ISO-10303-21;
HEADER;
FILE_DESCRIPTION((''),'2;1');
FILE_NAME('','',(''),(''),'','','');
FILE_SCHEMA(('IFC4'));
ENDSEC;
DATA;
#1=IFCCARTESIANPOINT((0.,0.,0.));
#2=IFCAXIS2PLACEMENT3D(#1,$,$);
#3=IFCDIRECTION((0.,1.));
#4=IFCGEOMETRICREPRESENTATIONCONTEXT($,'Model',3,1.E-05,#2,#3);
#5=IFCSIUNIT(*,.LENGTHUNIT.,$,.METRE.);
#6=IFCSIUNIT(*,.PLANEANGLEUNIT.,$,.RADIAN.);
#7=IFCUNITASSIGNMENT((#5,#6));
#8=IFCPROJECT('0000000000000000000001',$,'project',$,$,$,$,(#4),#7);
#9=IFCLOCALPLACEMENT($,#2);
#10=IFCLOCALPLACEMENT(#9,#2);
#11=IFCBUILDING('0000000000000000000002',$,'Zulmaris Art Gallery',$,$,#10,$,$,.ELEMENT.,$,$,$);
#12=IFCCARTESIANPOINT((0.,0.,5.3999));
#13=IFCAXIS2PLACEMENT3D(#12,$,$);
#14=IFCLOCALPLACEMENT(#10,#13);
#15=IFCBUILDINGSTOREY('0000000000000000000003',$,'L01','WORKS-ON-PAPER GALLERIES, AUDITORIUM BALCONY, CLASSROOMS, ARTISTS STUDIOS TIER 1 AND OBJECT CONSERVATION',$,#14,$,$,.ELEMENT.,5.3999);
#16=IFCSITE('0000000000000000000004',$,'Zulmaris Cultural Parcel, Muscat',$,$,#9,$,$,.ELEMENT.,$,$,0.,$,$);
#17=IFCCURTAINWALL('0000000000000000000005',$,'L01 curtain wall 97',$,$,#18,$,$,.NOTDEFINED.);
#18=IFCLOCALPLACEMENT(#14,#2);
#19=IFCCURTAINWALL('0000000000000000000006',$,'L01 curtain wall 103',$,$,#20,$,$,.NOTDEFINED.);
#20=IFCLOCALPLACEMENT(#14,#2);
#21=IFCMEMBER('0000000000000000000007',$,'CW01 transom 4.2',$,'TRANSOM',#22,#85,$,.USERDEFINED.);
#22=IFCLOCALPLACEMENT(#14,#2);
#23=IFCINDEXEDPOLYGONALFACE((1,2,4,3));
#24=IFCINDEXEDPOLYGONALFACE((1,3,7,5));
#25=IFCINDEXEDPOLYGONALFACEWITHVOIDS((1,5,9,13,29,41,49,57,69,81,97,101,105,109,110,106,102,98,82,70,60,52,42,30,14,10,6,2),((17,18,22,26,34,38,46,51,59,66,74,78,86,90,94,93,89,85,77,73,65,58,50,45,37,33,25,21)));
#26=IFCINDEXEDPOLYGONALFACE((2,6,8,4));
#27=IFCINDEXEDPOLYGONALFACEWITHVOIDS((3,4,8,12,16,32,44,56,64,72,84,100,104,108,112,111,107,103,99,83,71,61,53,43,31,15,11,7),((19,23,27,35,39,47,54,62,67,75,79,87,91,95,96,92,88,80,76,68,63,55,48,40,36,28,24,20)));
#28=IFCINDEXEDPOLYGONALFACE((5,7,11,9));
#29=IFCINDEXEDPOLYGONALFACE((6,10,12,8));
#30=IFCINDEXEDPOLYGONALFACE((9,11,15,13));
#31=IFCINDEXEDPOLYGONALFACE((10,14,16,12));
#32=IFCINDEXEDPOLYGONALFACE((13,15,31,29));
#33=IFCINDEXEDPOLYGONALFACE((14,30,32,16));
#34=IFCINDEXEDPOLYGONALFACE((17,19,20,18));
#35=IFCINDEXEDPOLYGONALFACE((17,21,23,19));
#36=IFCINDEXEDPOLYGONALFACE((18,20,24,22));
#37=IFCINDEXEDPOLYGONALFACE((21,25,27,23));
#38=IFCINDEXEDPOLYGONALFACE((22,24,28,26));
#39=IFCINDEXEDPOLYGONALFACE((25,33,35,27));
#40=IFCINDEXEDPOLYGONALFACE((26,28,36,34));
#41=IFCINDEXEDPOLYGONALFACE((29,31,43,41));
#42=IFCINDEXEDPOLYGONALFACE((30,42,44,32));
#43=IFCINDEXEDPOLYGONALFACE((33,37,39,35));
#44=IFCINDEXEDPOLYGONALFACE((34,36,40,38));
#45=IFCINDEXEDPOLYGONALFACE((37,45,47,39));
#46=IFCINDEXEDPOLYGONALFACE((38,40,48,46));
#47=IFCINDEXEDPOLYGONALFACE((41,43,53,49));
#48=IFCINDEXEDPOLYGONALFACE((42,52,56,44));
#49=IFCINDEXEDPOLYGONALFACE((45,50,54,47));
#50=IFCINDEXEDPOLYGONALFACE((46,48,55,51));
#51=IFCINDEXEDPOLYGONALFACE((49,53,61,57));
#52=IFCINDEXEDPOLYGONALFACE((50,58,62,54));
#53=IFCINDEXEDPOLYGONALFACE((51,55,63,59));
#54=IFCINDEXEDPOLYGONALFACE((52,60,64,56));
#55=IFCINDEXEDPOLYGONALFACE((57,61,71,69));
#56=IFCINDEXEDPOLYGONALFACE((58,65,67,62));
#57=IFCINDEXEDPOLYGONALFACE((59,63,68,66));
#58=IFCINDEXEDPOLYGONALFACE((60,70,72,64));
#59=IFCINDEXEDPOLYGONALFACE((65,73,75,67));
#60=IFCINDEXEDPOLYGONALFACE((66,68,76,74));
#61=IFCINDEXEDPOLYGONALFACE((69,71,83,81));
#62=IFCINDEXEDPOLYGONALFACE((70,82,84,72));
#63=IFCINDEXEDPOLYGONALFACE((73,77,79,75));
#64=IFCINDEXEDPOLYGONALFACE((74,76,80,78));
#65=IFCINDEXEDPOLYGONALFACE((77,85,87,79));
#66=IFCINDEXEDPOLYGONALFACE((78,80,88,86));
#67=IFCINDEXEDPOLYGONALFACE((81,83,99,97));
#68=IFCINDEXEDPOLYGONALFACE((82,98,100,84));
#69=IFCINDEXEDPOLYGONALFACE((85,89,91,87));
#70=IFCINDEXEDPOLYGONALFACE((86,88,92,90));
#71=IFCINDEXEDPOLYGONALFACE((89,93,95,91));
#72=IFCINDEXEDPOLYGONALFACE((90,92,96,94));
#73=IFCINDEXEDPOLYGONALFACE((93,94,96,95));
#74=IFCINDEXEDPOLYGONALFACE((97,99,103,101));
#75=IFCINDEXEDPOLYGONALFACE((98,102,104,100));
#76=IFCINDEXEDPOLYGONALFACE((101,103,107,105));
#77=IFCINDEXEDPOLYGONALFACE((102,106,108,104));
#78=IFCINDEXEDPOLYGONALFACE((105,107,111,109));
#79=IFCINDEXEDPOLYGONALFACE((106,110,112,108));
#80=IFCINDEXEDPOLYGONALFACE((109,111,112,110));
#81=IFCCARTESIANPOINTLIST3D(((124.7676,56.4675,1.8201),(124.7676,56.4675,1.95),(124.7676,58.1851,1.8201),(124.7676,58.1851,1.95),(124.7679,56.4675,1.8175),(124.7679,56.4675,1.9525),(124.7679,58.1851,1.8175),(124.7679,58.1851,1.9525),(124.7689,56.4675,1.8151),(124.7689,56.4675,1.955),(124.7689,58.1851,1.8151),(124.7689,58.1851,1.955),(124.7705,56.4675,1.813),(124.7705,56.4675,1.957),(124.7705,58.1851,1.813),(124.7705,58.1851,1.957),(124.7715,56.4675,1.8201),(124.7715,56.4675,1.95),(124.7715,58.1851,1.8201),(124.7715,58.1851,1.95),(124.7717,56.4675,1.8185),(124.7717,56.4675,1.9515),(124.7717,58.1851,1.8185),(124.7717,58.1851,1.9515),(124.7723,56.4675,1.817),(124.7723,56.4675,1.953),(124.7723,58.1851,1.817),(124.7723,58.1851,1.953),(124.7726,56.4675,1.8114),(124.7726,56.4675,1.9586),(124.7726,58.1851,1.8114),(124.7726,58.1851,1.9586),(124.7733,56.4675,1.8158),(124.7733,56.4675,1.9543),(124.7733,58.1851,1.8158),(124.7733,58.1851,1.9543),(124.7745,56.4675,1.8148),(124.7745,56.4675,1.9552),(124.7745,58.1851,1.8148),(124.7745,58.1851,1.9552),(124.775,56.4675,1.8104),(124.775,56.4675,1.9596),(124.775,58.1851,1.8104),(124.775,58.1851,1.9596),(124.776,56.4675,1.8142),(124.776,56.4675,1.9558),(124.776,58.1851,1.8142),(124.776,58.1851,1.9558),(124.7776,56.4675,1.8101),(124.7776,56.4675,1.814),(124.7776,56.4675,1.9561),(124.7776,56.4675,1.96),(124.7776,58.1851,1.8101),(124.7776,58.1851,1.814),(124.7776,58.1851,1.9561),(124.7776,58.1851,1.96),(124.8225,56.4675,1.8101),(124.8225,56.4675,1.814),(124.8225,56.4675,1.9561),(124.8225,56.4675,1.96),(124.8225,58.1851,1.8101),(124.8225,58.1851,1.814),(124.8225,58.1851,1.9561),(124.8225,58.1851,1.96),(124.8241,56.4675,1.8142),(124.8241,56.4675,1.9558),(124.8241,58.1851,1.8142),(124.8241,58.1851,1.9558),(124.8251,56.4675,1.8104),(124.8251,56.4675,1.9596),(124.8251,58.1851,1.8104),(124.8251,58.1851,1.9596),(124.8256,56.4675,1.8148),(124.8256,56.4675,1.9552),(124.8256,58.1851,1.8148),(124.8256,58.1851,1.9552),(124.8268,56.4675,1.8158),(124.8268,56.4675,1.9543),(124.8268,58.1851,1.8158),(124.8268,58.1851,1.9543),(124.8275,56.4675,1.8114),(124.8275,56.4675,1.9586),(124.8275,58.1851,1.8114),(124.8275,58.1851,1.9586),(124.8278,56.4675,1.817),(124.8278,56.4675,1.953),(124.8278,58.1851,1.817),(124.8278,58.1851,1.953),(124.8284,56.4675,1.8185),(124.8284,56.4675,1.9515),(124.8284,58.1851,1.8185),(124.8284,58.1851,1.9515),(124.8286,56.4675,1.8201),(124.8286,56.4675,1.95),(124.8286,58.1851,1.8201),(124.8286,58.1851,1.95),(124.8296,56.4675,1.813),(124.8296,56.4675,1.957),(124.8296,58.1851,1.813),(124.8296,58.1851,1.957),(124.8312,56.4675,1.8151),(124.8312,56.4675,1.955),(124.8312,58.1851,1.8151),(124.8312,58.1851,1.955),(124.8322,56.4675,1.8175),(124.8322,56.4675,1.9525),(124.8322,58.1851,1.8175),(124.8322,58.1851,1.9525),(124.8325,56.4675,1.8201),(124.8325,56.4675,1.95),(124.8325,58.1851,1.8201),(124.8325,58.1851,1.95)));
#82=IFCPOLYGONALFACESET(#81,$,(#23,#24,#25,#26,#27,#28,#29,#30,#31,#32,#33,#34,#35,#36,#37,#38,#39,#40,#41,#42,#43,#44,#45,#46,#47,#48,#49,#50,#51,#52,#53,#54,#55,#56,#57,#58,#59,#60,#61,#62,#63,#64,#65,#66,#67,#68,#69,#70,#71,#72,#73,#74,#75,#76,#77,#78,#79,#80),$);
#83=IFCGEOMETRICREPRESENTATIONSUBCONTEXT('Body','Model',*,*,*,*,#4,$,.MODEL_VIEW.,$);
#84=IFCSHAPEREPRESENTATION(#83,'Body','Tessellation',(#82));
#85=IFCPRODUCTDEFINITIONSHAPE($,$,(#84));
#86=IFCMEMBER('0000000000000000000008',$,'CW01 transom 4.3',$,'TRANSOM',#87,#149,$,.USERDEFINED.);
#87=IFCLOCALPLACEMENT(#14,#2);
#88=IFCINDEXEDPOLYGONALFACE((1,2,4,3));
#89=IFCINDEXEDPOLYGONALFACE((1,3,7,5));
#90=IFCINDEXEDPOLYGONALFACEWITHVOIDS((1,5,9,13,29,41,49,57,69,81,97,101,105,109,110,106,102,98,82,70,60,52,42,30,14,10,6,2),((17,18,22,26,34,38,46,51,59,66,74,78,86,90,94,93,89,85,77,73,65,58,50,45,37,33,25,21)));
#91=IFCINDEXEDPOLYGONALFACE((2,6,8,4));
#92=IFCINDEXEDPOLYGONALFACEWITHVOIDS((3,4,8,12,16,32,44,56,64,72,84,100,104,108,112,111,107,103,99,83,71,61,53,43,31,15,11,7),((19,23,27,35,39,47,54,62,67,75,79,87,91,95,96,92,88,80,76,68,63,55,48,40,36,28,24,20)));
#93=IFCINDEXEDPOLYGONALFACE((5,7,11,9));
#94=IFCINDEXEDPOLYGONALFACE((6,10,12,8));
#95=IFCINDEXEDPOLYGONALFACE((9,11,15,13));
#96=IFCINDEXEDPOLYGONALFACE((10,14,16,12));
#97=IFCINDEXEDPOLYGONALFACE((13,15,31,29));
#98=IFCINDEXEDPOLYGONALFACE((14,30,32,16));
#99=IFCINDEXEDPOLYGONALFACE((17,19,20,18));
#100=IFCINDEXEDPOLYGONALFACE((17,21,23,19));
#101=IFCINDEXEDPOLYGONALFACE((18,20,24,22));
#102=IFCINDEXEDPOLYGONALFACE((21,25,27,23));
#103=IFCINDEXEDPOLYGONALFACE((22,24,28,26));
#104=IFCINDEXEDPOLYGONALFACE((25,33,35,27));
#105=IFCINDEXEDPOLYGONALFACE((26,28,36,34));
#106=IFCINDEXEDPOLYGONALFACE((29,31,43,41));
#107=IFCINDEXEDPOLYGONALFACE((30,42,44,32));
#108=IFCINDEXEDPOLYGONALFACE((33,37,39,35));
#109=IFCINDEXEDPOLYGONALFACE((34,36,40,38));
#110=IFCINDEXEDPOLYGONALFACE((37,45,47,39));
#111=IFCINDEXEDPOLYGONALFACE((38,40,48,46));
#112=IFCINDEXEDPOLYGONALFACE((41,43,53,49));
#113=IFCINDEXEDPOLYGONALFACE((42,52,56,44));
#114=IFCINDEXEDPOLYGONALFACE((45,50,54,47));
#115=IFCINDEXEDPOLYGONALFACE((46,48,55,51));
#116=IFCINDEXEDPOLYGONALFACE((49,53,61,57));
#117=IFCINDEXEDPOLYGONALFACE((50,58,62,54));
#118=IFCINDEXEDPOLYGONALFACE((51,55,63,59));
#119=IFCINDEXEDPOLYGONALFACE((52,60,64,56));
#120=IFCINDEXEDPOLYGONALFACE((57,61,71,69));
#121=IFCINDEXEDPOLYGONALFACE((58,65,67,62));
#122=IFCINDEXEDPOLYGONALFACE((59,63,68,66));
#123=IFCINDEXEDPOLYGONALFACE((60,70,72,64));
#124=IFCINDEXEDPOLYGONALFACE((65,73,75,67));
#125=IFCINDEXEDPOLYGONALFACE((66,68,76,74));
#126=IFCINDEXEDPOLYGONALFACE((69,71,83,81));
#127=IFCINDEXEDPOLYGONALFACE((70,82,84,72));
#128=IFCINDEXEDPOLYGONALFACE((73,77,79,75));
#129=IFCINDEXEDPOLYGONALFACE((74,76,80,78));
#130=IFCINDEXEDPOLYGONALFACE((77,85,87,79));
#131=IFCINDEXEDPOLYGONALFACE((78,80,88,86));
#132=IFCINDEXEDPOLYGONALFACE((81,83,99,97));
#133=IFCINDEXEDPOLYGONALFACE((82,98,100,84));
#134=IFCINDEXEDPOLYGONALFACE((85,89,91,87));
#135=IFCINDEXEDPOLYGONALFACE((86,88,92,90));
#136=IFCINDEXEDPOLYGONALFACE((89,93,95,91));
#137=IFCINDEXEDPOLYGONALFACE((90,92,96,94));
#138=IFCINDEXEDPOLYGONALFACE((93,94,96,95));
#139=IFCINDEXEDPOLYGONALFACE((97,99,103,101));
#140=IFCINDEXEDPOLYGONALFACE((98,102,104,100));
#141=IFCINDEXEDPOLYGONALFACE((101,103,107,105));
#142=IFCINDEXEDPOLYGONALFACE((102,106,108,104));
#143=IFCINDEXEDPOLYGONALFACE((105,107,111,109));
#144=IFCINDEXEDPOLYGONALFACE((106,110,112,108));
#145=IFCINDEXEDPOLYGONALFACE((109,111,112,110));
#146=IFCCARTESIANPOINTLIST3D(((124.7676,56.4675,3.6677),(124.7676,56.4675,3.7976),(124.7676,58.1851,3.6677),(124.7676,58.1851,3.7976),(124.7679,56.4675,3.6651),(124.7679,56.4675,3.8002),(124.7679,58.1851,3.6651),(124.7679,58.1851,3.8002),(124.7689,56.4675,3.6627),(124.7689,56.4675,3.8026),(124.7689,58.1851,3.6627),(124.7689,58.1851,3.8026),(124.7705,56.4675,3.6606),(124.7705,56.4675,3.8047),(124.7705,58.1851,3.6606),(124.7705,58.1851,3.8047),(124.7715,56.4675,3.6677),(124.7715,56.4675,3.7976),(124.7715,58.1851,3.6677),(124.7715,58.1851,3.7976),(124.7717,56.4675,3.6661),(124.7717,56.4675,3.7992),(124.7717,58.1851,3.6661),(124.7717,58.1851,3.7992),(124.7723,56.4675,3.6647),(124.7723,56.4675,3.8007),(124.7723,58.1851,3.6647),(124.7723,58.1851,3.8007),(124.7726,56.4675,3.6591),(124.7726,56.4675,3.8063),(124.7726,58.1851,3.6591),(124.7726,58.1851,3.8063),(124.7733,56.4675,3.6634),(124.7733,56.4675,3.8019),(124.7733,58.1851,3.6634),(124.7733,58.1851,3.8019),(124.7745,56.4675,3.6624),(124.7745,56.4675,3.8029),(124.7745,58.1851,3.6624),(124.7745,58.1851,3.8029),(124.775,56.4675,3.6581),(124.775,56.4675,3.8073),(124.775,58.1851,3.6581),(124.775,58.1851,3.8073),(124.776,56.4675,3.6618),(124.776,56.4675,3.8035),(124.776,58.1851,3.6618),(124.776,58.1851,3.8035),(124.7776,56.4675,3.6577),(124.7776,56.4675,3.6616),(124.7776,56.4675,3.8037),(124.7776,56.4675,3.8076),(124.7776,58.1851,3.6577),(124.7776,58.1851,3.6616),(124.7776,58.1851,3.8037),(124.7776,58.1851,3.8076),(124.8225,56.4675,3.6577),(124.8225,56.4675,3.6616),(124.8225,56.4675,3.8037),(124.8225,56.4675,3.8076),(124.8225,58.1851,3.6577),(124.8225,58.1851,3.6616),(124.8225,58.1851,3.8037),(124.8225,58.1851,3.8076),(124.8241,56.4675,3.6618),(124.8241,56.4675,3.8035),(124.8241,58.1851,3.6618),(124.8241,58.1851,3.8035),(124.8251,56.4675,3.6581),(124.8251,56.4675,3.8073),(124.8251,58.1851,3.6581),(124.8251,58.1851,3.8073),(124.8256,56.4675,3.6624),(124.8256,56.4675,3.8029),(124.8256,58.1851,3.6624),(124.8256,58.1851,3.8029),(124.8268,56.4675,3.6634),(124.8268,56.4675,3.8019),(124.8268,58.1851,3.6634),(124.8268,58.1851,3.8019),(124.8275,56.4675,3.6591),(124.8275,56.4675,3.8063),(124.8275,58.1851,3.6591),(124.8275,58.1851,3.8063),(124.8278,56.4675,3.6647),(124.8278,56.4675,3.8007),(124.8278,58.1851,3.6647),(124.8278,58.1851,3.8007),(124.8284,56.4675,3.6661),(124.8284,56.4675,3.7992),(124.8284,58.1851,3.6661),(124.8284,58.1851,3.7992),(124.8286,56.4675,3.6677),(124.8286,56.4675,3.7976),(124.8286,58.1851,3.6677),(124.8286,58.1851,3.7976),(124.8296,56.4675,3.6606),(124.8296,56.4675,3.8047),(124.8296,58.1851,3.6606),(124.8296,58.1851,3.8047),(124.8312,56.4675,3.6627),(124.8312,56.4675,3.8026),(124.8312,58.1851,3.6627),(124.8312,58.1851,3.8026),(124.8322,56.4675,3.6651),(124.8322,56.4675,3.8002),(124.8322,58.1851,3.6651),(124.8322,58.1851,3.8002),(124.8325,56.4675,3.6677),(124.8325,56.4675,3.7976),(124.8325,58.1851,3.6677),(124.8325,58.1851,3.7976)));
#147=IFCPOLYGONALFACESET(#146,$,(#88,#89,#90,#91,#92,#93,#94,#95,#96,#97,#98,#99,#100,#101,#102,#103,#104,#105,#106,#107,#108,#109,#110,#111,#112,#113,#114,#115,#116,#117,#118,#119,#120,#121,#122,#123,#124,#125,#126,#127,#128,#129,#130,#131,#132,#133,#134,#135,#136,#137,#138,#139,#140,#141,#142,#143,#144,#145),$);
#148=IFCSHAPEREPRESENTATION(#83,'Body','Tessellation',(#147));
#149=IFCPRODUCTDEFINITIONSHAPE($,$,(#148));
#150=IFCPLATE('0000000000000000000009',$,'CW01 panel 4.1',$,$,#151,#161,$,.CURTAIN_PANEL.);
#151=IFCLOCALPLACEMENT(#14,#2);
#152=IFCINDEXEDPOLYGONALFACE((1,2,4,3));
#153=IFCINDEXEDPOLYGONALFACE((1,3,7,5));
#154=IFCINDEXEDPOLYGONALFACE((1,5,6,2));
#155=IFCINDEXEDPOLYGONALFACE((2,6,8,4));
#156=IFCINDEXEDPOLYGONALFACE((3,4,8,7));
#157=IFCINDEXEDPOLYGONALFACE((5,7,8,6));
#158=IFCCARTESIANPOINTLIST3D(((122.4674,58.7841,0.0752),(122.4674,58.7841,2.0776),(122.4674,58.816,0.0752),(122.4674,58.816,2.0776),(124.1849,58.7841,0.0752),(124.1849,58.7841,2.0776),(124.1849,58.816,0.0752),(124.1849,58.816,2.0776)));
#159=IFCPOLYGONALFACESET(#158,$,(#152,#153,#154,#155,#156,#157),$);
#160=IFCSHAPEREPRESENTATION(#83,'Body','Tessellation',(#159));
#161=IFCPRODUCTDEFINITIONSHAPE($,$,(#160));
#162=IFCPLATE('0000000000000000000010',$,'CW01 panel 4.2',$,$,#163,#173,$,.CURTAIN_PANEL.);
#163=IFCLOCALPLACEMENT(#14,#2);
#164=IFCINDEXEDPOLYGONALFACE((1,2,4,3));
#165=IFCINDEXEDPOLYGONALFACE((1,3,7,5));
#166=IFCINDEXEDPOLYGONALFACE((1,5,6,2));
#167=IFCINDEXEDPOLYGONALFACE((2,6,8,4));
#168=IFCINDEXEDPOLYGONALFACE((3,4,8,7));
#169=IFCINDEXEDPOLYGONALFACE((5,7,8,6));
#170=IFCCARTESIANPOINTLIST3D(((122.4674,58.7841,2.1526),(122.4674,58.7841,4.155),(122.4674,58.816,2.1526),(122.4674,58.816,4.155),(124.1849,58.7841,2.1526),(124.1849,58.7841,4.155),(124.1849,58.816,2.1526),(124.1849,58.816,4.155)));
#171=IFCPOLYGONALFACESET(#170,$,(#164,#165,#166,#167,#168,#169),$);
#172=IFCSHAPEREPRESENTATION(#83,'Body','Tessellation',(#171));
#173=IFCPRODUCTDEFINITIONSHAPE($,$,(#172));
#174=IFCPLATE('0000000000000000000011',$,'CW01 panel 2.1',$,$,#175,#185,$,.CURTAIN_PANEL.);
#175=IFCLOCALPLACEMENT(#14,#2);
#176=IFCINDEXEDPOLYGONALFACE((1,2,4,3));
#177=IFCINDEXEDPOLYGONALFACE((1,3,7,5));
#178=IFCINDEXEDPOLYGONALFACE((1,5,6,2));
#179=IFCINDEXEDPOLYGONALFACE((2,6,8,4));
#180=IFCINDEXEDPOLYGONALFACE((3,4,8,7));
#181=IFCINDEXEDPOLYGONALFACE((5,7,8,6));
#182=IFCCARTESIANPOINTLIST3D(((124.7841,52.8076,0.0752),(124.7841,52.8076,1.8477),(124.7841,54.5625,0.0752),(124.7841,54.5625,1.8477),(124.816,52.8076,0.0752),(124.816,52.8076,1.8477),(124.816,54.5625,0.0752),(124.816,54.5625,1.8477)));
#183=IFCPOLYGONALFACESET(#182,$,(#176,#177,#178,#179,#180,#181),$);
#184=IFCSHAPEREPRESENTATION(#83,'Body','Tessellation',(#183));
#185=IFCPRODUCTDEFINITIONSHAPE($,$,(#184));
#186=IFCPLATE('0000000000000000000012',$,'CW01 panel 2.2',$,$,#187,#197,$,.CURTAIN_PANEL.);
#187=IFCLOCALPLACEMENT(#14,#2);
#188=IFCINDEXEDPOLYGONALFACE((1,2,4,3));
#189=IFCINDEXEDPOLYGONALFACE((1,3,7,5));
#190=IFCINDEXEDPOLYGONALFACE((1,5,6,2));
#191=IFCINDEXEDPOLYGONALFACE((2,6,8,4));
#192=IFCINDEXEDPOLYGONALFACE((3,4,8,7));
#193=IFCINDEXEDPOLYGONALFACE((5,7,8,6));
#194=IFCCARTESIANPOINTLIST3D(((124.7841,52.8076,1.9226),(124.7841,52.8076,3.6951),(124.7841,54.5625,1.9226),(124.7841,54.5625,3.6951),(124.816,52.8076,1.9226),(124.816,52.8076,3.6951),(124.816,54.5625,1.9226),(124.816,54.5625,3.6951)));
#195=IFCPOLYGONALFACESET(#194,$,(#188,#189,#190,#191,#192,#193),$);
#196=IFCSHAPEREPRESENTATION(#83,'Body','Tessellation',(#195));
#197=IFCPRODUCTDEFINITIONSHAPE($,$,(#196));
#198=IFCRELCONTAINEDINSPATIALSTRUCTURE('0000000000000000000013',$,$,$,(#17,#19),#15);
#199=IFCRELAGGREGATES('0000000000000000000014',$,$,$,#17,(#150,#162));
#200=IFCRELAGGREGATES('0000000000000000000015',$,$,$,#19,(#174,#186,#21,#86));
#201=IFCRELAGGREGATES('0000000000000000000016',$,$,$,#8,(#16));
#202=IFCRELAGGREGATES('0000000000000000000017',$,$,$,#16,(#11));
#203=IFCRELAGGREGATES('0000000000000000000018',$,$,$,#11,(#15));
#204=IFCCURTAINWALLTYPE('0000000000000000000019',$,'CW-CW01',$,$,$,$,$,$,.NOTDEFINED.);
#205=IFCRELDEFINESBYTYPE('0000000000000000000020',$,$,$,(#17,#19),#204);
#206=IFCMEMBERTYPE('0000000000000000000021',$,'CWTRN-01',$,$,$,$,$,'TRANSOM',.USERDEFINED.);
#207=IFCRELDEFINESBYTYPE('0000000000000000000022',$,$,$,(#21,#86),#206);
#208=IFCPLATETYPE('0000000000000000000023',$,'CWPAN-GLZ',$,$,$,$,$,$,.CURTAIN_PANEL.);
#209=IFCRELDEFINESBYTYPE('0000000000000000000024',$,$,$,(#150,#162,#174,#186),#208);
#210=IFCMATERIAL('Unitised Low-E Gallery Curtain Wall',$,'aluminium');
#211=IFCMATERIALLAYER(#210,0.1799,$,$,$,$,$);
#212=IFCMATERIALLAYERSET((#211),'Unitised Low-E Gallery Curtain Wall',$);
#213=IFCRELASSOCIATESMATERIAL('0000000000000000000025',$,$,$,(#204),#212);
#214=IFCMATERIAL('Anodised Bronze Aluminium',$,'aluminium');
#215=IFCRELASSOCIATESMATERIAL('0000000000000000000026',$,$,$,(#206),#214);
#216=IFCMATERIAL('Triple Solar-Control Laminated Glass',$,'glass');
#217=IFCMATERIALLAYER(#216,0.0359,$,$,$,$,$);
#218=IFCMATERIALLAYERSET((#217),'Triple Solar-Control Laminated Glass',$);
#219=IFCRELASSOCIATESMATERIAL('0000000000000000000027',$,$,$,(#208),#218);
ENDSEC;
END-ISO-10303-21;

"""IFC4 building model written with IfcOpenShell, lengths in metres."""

from ifc_helpers import new_model, si_unit, direction, frame, origin, origin_2d, place, context, subcontext, project, spatial, rectangle, hollow_rectangle, extrude, material, layer, layer_set, material_profile, profile_set, type_object, element, aggregate, save


model = new_model("IFC4")

# Units and contexts
model_context = context("Model", 3, precision=1e-05, world=origin(), true_north=direction((0.0, 1.0)))
body_context = subcontext(model_context, "Body", "Model", "MODEL_VIEW")
ifc_project = project(units=[si_unit("LENGTHUNIT", "METRE"), si_unit("PLANEANGLEUNIT", "RADIAN")], contexts=[model_context])

# Site, building, storey
site_placement = place(None, origin())
site = spatial("IfcSite", under=ifc_project, at=site_placement, Name="Zulmaris Cultural Parcel, Muscat", CompositionType="ELEMENT", RefElevation=0.0)
building_placement = place(site_placement, origin())
building = spatial("IfcBuilding", under=site, at=building_placement, Name="Zulmaris Art Gallery", CompositionType="ELEMENT")
storey_placement = place(building_placement, frame((0.0, 0.0, 5.3999)))
storey = spatial("IfcBuildingStorey", under=building, at=storey_placement, Name="L01", Description="WORKS-ON-PAPER GALLERIES, AUDITORIUM BALCONY, CLASSROOMS, ARTISTS STUDIOS TIER 1 AND OBJECT CONSERVATION", CompositionType="ELEMENT", Elevation=5.3999)

# Curtain wall
ifc_material_1 = material(Name="Unitised Low-E Gallery Curtain Wall", Category="aluminium")
ifc_layer_1 = layer(ifc_material_1, 0.1799)
ifc_layer_set_1 = layer_set([ifc_layer_1], Name="Unitised Low-E Gallery Curtain Wall")
curtain_wall_type = type_object("IfcCurtainWallType", Name="CW-CW01", PredefinedType="NOTDEFINED", material=ifc_layer_set_1)
curtain_wall_1_placement = place(storey_placement, origin())
curtain_wall_1 = element("IfcCurtainWall", 1, at=curtain_wall_1_placement, inside=storey, type_object=curtain_wall_type, Name="L01 curtain wall 97", PredefinedType="NOTDEFINED")
ifc_material_2 = material(Name="Anodised Bronze Aluminium", Category="aluminium")

# Curtain wall
curtain_wall_2_placement = place(storey_placement, origin())
curtain_wall_2 = element("IfcCurtainWall", 2, at=curtain_wall_2_placement, inside=storey, type_object=curtain_wall_type, Name="L01 curtain wall 103", PredefinedType="NOTDEFINED")

# Members
ifc_material_profile_1 = material_profile(ifc_material_2, hollow_rectangle(XDim=0.0649, YDim=0.1499, WallThickness=0.0039, InnerFilletRadius=0.0061, OuterFilletRadius=0.01, at=origin_2d()), Name="ALU 65x150x4")
ifc_profile_set_1 = profile_set([ifc_material_profile_1], Name="Anodised Bronze Aluminium")
member_type_1 = type_object("IfcMemberType", Name="CWTRN-01", ElementType="TRANSOM", PredefinedType="USERDEFINED", material=ifc_profile_set_1)
member_1_placement = place(storey_placement, frame((124.8, 56.4675, 1.885), z_axis=(0.0, 1.0, 0.0), x_axis=(-1.0, 0.0, 0.0)))
member_1 = element("IfcMember", 3, at=member_1_placement, type_object=member_type_1, Name="CW01 transom 4.2", ObjectType="TRANSOM", PredefinedType="USERDEFINED", context=body_context, shape_type="SweptSolid", body=[
    extrude(hollow_rectangle(XDim=0.0649, YDim=0.1499, WallThickness=0.0039, InnerFilletRadius=0.0061, OuterFilletRadius=0.01, at=origin_2d()), origin(), (0.0, 0.0, 1.0), 1.7175),
])
member_2_placement = place(storey_placement, frame((124.8, 56.4675, 3.7327), z_axis=(0.0, 1.0, 0.0), x_axis=(-1.0, 0.0, 0.0)))
member_2 = element("IfcMember", 4, at=member_2_placement, type_object=member_type_1, Name="CW01 transom 4.3", ObjectType="TRANSOM", PredefinedType="USERDEFINED", context=body_context, shape_type="SweptSolid", body=[
    extrude(hollow_rectangle(XDim=0.0649, YDim=0.1499, WallThickness=0.0039, InnerFilletRadius=0.0061, OuterFilletRadius=0.01, at=origin_2d()), origin(), (0.0, 0.0, 1.0), 1.7175),
])

# Plates
ifc_material_3 = material(Name="Triple Solar-Control Laminated Glass", Category="glass")
ifc_layer_2 = layer(ifc_material_3, 0.0359)
ifc_layer_set_2 = layer_set([ifc_layer_2], Name="Triple Solar-Control Laminated Glass")
plate_type = type_object("IfcPlateType", Name="CWPAN-GLZ", PredefinedType="CURTAIN_PANEL", material=ifc_layer_set_2)
plate_1_placement = place(storey_placement, frame((123.3262, 58.8, 0.0752), z_axis=(0.0, 0.0, 1.0), x_axis=(1.0, 0.0, 0.0)))
plate_1 = element("IfcPlate", 5, at=plate_1_placement, type_object=plate_type, Name="CW01 panel 4.1", PredefinedType="CURTAIN_PANEL", context=body_context, shape_type="SweptSolid", body=[
    extrude(rectangle(XDim=1.7175, YDim=0.032, at=origin_2d()), origin(), (0.0, 0.0, 1.0), 2.0024),
])
plate_2_placement = place(storey_placement, frame((123.3262, 58.8, 2.1526), z_axis=(0.0, 0.0, 1.0), x_axis=(1.0, 0.0, 0.0)))
plate_2 = element("IfcPlate", 6, at=plate_2_placement, type_object=plate_type, Name="CW01 panel 4.2", PredefinedType="CURTAIN_PANEL", context=body_context, shape_type="SweptSolid", body=[
    extrude(rectangle(XDim=1.7175, YDim=0.032, at=origin_2d()), origin(), (0.0, 0.0, 1.0), 2.0024),
])
aggregate(curtain_wall_1, [plate_1, plate_2])
plate_3_placement = place(storey_placement, frame((124.8, 53.6851, 0.0752), z_axis=(0.0, 0.0, 1.0), x_axis=(0.0, 1.0, 0.0)))
plate_3 = element("IfcPlate", 7, at=plate_3_placement, type_object=plate_type, Name="CW01 panel 2.1", PredefinedType="CURTAIN_PANEL", context=body_context, shape_type="SweptSolid", body=[
    extrude(rectangle(XDim=1.7549, YDim=0.032, at=origin_2d()), origin(), (0.0, 0.0, 1.0), 1.7725),
])
plate_4_placement = place(storey_placement, frame((124.8, 53.6851, 1.9226), z_axis=(0.0, 0.0, 1.0), x_axis=(0.0, 1.0, 0.0)))
plate_4 = element("IfcPlate", 8, at=plate_4_placement, type_object=plate_type, Name="CW01 panel 2.2", PredefinedType="CURTAIN_PANEL", context=body_context, shape_type="SweptSolid", body=[
    extrude(rectangle(XDim=1.7549, YDim=0.032, at=origin_2d()), origin(), (0.0, 0.0, 1.0), 1.7725),
])
aggregate(curtain_wall_2, [plate_3, plate_4, member_1, member_2])

save(model, "model.ifc")
